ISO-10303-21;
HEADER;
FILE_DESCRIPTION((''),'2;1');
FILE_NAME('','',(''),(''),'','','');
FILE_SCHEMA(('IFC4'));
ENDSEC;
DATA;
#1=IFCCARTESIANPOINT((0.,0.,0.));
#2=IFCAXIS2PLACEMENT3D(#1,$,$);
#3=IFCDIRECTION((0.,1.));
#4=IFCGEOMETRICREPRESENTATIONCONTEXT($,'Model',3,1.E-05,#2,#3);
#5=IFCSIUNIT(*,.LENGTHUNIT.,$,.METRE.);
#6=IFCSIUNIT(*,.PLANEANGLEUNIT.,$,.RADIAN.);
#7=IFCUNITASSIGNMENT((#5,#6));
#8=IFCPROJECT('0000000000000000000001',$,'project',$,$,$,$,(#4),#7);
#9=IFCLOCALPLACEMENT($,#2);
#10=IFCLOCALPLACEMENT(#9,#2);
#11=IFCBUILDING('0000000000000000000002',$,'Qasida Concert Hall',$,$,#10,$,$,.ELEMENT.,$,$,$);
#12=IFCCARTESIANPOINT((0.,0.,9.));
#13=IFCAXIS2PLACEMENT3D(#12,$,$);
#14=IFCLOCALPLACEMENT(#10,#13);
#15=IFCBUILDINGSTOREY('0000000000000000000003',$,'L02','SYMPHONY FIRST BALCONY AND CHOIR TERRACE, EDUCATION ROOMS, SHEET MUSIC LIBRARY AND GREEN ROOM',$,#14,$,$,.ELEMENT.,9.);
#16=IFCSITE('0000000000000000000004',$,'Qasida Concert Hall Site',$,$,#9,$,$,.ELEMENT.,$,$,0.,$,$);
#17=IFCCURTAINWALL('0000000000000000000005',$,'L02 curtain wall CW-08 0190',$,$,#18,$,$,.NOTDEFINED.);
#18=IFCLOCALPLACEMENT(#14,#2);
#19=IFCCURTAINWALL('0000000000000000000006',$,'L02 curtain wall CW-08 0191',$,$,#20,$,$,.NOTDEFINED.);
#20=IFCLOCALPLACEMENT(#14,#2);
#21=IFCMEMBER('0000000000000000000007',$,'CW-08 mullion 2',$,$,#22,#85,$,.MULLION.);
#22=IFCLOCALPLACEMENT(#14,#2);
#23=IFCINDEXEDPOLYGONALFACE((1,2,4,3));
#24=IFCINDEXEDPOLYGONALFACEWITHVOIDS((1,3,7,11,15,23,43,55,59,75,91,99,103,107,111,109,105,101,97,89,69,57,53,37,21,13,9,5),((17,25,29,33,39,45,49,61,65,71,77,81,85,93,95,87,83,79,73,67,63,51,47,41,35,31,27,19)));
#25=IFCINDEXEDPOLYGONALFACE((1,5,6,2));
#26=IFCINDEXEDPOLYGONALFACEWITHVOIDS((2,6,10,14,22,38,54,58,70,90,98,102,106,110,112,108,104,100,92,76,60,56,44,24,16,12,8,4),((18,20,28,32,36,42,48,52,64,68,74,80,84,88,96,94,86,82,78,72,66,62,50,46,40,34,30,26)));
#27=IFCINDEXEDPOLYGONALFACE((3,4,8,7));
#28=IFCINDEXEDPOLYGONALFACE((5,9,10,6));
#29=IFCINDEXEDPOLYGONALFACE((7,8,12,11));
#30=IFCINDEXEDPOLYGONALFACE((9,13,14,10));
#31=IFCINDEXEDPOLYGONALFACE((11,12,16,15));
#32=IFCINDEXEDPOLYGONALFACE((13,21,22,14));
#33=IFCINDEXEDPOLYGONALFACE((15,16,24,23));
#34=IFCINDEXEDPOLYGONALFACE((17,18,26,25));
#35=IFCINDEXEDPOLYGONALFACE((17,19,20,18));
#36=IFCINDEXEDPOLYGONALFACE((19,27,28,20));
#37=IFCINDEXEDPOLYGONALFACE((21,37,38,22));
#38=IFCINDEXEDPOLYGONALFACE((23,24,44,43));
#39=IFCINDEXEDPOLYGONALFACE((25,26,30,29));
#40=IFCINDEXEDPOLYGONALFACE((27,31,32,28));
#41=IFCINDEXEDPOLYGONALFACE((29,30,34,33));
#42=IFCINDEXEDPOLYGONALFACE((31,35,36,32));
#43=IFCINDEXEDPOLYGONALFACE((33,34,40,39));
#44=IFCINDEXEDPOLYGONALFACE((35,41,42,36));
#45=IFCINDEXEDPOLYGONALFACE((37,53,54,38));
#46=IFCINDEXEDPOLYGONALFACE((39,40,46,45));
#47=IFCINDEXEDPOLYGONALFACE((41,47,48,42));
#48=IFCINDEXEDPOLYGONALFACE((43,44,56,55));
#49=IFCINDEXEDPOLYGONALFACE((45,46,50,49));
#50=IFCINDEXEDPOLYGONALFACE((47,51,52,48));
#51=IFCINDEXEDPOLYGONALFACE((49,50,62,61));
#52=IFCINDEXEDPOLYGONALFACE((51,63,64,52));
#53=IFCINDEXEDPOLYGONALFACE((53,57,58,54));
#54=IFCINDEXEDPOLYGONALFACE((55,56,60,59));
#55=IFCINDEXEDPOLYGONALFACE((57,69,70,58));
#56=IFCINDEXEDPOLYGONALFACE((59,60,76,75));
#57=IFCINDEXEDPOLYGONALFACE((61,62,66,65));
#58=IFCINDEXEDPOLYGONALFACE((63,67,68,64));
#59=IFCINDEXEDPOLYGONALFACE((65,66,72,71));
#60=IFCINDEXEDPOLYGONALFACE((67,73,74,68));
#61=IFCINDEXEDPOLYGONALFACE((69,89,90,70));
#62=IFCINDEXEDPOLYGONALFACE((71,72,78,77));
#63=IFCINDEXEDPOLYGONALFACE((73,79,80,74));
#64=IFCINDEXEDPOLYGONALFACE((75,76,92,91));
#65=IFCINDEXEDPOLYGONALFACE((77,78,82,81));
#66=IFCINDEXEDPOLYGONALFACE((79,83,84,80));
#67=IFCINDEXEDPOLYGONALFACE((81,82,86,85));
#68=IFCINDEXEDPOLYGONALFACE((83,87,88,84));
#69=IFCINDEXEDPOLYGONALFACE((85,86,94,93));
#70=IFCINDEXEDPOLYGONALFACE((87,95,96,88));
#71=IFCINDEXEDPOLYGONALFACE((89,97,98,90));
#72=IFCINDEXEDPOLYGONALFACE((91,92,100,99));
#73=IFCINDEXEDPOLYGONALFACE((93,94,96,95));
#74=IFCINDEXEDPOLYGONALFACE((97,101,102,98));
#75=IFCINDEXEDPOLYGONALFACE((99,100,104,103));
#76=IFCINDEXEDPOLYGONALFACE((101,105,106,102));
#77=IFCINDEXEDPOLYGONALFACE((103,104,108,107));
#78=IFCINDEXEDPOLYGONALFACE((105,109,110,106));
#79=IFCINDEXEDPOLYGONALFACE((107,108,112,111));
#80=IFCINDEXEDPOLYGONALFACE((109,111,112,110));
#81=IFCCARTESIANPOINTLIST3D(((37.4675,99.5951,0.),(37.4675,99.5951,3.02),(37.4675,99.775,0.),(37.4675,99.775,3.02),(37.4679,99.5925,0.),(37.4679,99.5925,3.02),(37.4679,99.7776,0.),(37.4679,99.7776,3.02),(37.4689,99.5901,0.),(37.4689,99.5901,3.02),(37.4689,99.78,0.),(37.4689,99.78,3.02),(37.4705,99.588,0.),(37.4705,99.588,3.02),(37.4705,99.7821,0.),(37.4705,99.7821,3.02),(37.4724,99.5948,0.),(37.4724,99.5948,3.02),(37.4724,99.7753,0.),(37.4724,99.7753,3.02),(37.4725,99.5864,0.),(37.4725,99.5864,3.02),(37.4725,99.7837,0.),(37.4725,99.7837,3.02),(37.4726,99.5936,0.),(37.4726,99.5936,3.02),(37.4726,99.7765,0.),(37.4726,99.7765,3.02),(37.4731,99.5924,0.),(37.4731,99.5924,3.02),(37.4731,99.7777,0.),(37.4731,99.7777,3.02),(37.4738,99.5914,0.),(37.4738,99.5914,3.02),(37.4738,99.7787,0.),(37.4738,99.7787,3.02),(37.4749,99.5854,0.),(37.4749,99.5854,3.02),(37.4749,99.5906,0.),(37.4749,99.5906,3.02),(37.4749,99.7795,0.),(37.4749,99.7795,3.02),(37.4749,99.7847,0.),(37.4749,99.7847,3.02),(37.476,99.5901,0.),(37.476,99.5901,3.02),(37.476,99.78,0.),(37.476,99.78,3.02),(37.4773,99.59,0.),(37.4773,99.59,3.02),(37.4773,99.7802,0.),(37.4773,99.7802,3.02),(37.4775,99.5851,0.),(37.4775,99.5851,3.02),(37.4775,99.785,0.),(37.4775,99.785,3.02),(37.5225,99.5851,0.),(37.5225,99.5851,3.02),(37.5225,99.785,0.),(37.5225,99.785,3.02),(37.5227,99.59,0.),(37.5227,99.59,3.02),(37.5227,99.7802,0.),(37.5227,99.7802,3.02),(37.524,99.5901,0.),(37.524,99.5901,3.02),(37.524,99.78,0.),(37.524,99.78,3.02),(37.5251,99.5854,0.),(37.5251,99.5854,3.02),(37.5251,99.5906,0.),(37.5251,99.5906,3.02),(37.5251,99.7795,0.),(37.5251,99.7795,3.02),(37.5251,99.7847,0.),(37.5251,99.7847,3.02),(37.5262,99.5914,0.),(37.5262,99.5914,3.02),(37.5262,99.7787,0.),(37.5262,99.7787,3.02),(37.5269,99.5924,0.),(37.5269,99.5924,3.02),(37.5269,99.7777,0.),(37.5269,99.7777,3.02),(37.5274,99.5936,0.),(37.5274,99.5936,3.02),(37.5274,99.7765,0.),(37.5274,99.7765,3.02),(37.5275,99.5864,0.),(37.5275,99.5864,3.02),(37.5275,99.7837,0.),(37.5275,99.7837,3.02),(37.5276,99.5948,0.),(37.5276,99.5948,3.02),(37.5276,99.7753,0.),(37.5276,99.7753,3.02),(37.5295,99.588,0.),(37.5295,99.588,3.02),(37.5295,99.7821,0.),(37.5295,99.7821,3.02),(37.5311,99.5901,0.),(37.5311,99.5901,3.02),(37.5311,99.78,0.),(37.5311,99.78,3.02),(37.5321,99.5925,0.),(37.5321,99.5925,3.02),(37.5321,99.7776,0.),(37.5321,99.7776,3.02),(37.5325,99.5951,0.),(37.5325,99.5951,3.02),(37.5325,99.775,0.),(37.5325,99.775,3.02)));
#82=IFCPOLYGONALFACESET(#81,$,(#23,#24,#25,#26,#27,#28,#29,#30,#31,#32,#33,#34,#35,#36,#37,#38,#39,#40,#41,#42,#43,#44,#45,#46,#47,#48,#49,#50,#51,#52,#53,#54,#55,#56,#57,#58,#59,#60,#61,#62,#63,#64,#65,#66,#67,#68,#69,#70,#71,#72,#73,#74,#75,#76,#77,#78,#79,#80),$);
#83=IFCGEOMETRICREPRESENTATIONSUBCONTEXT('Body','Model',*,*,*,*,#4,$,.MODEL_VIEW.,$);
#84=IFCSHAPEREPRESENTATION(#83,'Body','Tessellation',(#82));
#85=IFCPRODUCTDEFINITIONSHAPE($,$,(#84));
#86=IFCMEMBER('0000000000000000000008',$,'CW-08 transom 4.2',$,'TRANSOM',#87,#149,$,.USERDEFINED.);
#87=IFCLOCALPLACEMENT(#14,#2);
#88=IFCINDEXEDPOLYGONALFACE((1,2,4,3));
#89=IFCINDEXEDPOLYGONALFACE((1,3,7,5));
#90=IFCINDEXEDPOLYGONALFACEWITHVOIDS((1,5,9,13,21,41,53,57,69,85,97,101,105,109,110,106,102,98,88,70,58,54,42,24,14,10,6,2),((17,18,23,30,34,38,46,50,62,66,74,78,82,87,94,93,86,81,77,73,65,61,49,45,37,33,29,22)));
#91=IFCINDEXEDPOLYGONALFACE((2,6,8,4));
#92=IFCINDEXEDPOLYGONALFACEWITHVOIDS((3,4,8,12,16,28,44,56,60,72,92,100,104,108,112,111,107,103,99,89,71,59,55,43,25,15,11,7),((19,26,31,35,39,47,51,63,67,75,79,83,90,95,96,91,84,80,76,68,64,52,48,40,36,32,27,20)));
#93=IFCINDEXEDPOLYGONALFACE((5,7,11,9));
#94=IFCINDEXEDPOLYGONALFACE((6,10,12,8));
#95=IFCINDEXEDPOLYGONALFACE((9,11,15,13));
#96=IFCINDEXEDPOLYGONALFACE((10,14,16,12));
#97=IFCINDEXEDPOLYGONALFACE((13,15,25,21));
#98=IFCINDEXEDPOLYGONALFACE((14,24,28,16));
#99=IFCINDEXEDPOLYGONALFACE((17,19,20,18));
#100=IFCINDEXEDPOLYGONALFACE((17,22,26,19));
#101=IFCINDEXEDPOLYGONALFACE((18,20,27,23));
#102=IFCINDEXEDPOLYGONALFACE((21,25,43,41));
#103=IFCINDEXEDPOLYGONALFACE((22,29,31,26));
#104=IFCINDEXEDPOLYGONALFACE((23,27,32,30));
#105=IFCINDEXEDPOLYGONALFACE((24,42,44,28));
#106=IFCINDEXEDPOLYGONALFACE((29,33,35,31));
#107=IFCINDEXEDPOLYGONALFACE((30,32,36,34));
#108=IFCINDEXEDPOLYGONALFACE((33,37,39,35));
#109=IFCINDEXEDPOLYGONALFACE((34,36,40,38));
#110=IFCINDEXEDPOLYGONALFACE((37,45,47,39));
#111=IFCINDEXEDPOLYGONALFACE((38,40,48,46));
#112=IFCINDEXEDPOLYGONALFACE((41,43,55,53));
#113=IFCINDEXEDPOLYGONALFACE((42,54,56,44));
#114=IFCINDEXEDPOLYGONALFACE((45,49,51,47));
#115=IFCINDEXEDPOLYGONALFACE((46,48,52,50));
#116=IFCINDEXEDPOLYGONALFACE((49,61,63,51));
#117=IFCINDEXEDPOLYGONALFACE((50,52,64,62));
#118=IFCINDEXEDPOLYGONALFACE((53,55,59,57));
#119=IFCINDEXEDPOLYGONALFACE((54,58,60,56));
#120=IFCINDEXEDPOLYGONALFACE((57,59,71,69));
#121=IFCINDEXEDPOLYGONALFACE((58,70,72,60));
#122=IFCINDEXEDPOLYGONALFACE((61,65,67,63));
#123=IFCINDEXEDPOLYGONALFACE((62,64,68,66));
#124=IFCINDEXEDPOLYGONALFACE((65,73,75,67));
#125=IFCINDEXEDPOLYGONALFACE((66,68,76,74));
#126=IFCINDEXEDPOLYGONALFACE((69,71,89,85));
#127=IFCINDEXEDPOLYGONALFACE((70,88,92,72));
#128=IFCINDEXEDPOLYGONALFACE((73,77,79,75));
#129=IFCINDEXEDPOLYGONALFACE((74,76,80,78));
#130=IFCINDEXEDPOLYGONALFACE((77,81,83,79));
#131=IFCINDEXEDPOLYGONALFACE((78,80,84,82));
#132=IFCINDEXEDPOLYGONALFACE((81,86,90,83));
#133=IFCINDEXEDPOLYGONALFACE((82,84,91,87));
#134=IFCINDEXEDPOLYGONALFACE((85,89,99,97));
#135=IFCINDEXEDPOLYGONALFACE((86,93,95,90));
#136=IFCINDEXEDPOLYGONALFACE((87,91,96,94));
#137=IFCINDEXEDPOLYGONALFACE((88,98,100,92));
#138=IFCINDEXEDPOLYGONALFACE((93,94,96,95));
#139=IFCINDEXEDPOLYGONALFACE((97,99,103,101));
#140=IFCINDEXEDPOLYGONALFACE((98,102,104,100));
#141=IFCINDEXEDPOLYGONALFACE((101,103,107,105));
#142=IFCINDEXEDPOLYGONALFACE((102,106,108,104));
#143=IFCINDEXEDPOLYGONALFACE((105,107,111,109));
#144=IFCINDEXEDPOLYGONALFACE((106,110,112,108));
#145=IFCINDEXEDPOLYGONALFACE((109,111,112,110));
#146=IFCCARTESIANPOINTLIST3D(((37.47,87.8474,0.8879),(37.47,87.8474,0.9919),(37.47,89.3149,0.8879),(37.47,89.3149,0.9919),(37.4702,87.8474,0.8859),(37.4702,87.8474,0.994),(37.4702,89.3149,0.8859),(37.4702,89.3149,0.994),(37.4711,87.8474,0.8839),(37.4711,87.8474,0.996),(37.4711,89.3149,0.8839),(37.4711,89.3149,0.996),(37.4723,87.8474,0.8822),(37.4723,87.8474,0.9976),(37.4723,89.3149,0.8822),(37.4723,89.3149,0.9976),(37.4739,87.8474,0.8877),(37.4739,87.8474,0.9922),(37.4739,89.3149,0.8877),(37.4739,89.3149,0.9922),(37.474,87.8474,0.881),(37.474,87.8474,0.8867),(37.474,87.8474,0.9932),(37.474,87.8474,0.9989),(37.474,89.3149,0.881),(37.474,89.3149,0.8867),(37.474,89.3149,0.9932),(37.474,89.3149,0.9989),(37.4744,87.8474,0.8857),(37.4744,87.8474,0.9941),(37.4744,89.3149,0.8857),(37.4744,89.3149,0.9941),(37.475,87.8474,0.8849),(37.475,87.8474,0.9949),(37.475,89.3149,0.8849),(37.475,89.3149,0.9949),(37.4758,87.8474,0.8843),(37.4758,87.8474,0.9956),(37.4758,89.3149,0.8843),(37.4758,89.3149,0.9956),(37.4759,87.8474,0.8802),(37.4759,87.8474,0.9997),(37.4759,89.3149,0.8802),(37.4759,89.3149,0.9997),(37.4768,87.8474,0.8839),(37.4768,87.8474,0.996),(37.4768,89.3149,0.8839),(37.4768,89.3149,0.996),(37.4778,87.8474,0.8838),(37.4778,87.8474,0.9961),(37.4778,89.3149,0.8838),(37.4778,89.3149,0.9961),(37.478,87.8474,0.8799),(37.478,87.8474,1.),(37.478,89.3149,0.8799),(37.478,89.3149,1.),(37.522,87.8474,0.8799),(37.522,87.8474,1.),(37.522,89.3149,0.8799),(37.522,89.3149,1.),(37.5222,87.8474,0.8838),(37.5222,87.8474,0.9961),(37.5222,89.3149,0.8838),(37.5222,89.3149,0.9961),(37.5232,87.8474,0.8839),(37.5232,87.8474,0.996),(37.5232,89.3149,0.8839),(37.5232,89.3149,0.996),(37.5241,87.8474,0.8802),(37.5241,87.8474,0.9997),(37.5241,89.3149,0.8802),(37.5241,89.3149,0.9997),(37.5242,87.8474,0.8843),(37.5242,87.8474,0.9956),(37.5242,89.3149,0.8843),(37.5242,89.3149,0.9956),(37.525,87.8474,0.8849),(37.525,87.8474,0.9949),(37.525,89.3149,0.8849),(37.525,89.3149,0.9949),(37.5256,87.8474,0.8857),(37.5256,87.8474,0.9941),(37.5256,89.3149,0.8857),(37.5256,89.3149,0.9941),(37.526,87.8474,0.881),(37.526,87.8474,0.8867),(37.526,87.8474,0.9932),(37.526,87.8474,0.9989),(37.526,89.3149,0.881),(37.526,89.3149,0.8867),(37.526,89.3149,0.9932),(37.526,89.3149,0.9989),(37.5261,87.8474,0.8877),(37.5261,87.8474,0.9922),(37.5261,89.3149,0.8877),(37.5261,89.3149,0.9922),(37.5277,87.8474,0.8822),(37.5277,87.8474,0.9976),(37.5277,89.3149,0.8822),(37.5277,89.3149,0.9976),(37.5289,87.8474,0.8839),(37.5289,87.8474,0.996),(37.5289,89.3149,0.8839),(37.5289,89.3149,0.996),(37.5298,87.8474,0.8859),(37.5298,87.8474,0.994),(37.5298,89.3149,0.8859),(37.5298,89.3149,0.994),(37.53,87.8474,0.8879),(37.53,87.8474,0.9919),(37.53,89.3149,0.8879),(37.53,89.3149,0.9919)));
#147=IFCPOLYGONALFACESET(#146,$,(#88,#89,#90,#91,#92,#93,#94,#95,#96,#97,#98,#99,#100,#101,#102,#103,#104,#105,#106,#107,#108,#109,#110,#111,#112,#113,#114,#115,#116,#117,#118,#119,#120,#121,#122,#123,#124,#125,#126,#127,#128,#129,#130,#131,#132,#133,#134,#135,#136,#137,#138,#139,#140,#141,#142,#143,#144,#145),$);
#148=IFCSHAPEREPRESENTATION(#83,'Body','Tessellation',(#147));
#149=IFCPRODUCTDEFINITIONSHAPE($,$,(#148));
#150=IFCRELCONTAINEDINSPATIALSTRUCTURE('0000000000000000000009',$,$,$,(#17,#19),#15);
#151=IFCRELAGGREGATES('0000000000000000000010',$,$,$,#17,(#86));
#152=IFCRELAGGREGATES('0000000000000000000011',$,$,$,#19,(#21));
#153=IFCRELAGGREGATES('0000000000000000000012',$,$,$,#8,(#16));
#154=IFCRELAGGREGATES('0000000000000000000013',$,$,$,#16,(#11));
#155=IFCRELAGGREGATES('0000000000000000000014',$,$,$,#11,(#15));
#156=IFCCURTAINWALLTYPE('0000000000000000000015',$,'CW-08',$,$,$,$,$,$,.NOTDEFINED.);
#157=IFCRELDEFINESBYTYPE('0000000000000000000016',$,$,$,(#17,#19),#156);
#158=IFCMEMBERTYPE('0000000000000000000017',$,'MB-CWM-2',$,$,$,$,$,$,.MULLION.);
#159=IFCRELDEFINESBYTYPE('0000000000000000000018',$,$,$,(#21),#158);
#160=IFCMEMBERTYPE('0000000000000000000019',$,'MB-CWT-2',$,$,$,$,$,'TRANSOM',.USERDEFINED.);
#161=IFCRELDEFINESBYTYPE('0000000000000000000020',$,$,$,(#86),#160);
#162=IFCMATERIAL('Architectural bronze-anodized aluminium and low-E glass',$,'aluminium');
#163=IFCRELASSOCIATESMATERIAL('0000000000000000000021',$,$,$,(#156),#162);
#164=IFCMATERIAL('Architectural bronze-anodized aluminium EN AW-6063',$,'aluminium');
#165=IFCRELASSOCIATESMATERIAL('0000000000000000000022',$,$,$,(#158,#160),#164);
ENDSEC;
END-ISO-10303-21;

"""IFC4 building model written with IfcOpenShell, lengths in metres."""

from ifc_helpers import new_model, si_unit, direction, frame, origin, origin_2d, place, context, subcontext, project, spatial, hollow_rectangle, extrude, material, material_profile, profile_set, type_object, element, aggregate, save


model = new_model("IFC4")

# Units and contexts
model_context = context("Model", 3, precision=1e-05, world=origin(), true_north=direction((0.0, 1.0)))
body_context = subcontext(model_context, "Body", "Model", "MODEL_VIEW")
ifc_project = project(units=[si_unit("LENGTHUNIT", "METRE"), si_unit("PLANEANGLEUNIT", "RADIAN")], contexts=[model_context])

# Site, building, storey
site_placement = place(None, origin())
site = spatial("IfcSite", under=ifc_project, at=site_placement, Name="Qasida Concert Hall Site", CompositionType="ELEMENT", RefElevation=0.0)
building_placement = place(site_placement, origin())
building = spatial("IfcBuilding", under=site, at=building_placement, Name="Qasida Concert Hall", CompositionType="ELEMENT")
storey_placement = place(building_placement, frame((0.0, 0.0, 9.0)))
storey = spatial("IfcBuildingStorey", under=building, at=storey_placement, Name="L02", Description="SYMPHONY FIRST BALCONY AND CHOIR TERRACE, EDUCATION ROOMS, SHEET MUSIC LIBRARY AND GREEN ROOM", CompositionType="ELEMENT", Elevation=9.0)

# Curtain wall
ifc_material_1 = material(Name="Architectural bronze-anodized aluminium and low-E glass", Category="aluminium")
curtain_wall_type = type_object("IfcCurtainWallType", Name="CW-08", PredefinedType="NOTDEFINED", material=ifc_material_1)
curtain_wall_1_placement = place(storey_placement, origin())
curtain_wall_1 = element("IfcCurtainWall", 1, at=curtain_wall_1_placement, inside=storey, type_object=curtain_wall_type, Name="L02 curtain wall CW-08 0190", PredefinedType="NOTDEFINED")
ifc_material_2 = material(Name="Architectural bronze-anodized aluminium EN AW-6063", Category="aluminium")
ifc_material_profile_1 = material_profile(ifc_material_2, hollow_rectangle(XDim=0.0649, YDim=0.2, WallThickness=0.0049, InnerFilletRadius=0.0049, OuterFilletRadius=0.01, at=origin_2d()), Name="CWM 200x65x5")
ifc_profile_set_1 = profile_set([ifc_material_profile_1], Name="Architectural bronze-anodized aluminium EN AW-6063")
member_type_1 = type_object("IfcMemberType", Name="MB-CWM-2", PredefinedType="MULLION", material=ifc_profile_set_1)

# Curtain wall, member
curtain_wall_2_placement = place(storey_placement, origin())
curtain_wall_2 = element("IfcCurtainWall", 2, at=curtain_wall_2_placement, inside=storey, type_object=curtain_wall_type, Name="L02 curtain wall CW-08 0191", PredefinedType="NOTDEFINED")
member_1_placement = place(storey_placement, frame((37.5, 99.6851, 0.0), z_axis=(0.0, 0.0, 1.0), x_axis=(-1.0, 0.0, 0.0)))
member_1 = element("IfcMember", 3, at=member_1_placement, type_object=member_type_1, Name="CW-08 mullion 2", PredefinedType="MULLION", context=body_context, shape_type="SweptSolid", body=[
    extrude(hollow_rectangle(XDim=0.0649, YDim=0.2, WallThickness=0.0049, InnerFilletRadius=0.0049, OuterFilletRadius=0.01, at=origin_2d()), origin(), (0.0, 0.0, 1.0), 3.02),
])

# Member
ifc_material_profile_2 = material_profile(ifc_material_2, hollow_rectangle(XDim=0.0601, YDim=0.1201, WallThickness=0.0039, InnerFilletRadius=0.0039, OuterFilletRadius=0.0081, at=origin_2d()), Name="CWT 120x60x4")
ifc_profile_set_2 = profile_set([ifc_material_profile_2], Name="Architectural bronze-anodized aluminium EN AW-6063")
member_type_2 = type_object("IfcMemberType", Name="MB-CWT-2", ElementType="TRANSOM", PredefinedType="USERDEFINED", material=ifc_profile_set_2)
member_2_placement = place(storey_placement, frame((37.5, 87.8474, 0.9399), z_axis=(0.0, 1.0, 0.0), x_axis=(-1.0, 0.0, 0.0)))
member_2 = element("IfcMember", 4, at=member_2_placement, type_object=member_type_2, Name="CW-08 transom 4.2", ObjectType="TRANSOM", PredefinedType="USERDEFINED", context=body_context, shape_type="SweptSolid", body=[
    extrude(hollow_rectangle(XDim=0.0601, YDim=0.1201, WallThickness=0.0039, InnerFilletRadius=0.0039, OuterFilletRadius=0.0081, at=origin_2d()), origin(), (0.0, 0.0, 1.0), 1.4675),
])

aggregate(curtain_wall_1, [member_2])
aggregate(curtain_wall_2, [member_1])

save(model, "model.ifc")
